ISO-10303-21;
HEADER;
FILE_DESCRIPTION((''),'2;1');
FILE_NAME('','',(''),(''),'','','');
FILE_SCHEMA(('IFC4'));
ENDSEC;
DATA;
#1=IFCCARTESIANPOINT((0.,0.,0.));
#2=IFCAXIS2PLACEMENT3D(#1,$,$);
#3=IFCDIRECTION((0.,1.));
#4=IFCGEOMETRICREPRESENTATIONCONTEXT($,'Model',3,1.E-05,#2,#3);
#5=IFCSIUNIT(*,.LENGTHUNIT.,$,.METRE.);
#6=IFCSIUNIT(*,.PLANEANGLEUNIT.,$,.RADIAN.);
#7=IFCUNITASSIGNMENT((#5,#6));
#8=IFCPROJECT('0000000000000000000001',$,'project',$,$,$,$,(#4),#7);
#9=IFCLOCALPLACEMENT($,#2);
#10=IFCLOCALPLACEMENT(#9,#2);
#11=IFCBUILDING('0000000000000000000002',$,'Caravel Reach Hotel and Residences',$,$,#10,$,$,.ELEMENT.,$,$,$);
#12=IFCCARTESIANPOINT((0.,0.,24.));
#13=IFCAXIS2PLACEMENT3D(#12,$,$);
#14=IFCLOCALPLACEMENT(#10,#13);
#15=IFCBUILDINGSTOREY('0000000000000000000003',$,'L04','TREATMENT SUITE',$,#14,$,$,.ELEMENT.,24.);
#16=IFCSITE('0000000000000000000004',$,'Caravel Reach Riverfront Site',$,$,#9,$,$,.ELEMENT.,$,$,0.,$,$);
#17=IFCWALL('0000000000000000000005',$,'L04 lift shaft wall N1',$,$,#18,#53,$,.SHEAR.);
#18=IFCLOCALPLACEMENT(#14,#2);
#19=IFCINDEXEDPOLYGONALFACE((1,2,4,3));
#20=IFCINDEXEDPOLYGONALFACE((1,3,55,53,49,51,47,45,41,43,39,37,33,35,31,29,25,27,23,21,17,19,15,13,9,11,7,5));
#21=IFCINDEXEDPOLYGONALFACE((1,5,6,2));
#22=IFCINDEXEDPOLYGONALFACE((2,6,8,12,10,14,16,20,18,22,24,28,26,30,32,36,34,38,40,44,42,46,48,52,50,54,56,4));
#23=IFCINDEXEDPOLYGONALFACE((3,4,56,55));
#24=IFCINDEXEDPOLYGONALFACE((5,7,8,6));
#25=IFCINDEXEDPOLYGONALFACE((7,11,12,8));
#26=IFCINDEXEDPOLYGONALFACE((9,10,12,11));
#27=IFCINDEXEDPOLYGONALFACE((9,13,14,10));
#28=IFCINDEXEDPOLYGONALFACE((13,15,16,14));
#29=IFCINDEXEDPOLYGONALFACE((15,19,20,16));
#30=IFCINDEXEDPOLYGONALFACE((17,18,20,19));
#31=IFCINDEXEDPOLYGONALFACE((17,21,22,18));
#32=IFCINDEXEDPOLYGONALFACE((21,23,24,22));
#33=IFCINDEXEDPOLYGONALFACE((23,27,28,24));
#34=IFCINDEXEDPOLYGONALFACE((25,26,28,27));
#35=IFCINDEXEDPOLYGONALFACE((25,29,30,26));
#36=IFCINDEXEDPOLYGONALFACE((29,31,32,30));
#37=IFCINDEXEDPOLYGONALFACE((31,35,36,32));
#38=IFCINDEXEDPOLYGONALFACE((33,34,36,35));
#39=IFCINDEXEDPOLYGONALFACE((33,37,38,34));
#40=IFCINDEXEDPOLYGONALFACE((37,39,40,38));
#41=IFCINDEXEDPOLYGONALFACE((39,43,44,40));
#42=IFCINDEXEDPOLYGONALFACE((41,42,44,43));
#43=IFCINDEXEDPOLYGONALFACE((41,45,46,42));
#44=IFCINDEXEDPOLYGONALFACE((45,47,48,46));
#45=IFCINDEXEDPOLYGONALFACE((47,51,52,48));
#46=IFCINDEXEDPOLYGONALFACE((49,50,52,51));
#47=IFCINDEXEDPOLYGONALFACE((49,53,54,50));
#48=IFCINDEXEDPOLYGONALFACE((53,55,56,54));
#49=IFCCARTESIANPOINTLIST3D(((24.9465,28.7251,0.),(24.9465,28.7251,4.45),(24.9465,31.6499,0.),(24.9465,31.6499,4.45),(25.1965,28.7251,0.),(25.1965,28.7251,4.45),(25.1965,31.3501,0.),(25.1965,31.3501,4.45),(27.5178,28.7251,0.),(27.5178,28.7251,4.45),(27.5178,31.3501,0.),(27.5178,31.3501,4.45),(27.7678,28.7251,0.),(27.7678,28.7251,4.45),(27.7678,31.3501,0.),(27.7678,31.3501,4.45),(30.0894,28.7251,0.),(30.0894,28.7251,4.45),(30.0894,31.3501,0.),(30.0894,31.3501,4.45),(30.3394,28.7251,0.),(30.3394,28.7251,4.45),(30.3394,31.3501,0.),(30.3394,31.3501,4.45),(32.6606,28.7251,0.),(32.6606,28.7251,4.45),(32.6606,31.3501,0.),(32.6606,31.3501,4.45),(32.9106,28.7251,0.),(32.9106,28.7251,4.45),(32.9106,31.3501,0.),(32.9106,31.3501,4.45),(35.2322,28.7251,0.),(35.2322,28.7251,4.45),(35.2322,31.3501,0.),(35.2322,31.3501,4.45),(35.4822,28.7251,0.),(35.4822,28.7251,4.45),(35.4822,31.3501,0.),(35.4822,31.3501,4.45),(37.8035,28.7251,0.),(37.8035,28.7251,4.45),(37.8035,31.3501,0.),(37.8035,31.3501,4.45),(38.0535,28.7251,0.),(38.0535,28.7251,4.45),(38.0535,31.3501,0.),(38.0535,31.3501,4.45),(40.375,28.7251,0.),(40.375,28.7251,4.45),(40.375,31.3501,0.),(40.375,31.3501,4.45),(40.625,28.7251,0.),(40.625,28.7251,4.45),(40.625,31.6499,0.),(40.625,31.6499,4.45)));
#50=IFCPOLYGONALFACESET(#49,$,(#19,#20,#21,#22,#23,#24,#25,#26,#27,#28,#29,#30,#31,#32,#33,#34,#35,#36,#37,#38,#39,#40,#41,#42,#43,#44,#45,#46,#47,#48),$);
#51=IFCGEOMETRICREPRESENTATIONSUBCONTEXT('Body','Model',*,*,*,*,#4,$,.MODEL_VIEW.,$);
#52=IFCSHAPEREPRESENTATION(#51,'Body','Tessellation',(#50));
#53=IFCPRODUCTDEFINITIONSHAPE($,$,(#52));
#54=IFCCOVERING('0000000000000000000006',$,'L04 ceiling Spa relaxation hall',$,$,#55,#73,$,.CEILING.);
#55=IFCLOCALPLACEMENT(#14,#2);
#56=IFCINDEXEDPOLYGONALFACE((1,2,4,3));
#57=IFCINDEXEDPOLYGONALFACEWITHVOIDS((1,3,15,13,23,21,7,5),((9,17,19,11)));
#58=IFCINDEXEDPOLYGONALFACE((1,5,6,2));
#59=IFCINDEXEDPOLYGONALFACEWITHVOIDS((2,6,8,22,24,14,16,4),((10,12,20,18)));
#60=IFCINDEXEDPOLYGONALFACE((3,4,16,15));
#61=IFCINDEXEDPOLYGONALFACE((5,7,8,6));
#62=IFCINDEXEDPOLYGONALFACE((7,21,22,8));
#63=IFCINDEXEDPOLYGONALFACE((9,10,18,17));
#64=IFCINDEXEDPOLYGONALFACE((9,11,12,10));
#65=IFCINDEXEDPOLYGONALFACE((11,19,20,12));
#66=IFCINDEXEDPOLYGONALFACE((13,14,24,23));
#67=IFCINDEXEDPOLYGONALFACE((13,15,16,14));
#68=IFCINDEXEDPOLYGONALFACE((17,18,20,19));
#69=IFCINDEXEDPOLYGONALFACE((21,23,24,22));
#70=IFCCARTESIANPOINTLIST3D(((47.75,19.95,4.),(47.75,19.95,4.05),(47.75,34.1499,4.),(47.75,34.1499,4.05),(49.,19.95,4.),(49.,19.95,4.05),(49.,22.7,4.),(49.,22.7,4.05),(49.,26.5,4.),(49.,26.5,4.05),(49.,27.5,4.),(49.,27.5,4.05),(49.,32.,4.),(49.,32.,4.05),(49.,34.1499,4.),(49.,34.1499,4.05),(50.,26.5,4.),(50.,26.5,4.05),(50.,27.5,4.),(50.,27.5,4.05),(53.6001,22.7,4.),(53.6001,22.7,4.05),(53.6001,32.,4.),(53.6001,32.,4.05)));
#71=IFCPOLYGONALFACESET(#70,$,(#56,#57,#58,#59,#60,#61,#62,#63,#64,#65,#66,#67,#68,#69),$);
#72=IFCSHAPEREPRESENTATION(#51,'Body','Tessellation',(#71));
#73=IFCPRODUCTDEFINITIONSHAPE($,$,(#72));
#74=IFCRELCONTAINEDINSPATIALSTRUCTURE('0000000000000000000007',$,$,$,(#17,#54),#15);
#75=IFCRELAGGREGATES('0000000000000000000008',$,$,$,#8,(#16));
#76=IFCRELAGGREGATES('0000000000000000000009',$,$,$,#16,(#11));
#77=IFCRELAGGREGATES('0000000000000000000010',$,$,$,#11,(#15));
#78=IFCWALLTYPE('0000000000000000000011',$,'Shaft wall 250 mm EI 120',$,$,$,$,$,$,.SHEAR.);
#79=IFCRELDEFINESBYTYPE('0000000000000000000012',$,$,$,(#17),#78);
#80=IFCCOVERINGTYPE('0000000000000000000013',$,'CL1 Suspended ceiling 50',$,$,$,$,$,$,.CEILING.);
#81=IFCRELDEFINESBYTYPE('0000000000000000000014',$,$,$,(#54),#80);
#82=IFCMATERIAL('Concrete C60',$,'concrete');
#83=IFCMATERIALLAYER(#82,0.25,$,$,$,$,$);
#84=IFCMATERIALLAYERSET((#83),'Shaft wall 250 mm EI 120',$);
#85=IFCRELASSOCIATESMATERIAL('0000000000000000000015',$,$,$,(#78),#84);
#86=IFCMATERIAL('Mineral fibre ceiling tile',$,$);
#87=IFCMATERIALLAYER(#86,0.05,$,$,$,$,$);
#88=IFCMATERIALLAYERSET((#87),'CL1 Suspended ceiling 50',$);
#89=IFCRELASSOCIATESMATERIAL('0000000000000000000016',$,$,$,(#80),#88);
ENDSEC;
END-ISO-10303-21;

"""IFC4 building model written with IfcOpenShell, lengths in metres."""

from ifc_helpers import new_model, si_unit, direction, frame, origin, place, context, subcontext, project, spatial, polyline, outline, extrude, material, layer, layer_set, type_object, element, save


model = new_model("IFC4")

# Units and contexts
model_context = context("Model", 3, precision=1e-05, world=origin(), true_north=direction((0.0, 1.0)))
body_context = subcontext(model_context, "Body", "Model", "MODEL_VIEW")
ifc_project = project(units=[si_unit("LENGTHUNIT", "METRE"), si_unit("PLANEANGLEUNIT", "RADIAN")], contexts=[model_context])

# Site, building, storey
site_placement = place(None, origin())
site = spatial("IfcSite", under=ifc_project, at=site_placement, Name="Caravel Reach Riverfront Site", CompositionType="ELEMENT", RefElevation=0.0)
building_placement = place(site_placement, origin())
building = spatial("IfcBuilding", under=site, at=building_placement, Name="Caravel Reach Hotel and Residences", CompositionType="ELEMENT")
storey_placement = place(building_placement, frame((0.0, 0.0, 24.0)))
storey = spatial("IfcBuildingStorey", under=building, at=storey_placement, Name="L04", Description="TREATMENT SUITE", CompositionType="ELEMENT", Elevation=24.0)

# Wall
ifc_material_1 = material(Name="Concrete C60", Category="concrete")
ifc_layer_1 = layer(ifc_material_1, 0.25)
ifc_layer_set_1 = layer_set([ifc_layer_1], Name="Shaft wall 250 mm EI 120")
wall_type_1 = type_object("IfcWallType", Name="Shaft wall 250 mm EI 120", PredefinedType="SHEAR", material=ifc_layer_set_1)
wall_1_placement = place(storey_placement, origin())
element("IfcWall", 1, at=wall_1_placement, inside=storey, type_object=wall_type_1, Name="L04 lift shaft wall N1", PredefinedType="SHEAR", context=body_context, shape_type="SweptSolid", body=[
    extrude(outline(polyline([(24.9465, 28.7251), (25.1965, 28.7251), (25.1965, 31.3501), (27.5178, 31.3501), (27.5178, 28.7251), (27.7678, 28.7251), (27.7678, 31.3501), (30.0894, 31.3501), (30.0894, 28.7251), (30.3394, 28.7251), (30.3394, 31.3501), (32.6606, 31.3501), (32.6606, 28.7251), (32.9106, 28.7251), (32.9106, 31.3501), (35.2322, 31.3501), (35.2322, 28.7251), (35.4822, 28.7251), (35.4822, 31.3501), (37.8035, 31.3501), (37.8035, 28.7251), (38.0535, 28.7251), (38.0535, 31.3501), (40.375, 31.3501), (40.375, 28.7251), (40.625, 28.7251), (40.625, 31.6499), (24.9465, 31.6499), (24.9465, 28.7251)])), origin(), (0.0, 0.0, 1.0), 4.45),
])

# Covering
ifc_material_2 = material(Name="Mineral fibre ceiling tile")
ifc_layer_2 = layer(ifc_material_2, 0.05)
ifc_layer_set_2 = layer_set([ifc_layer_2], Name="CL1 Suspended ceiling 50")
covering_type = type_object("IfcCoveringType", Name="CL1 Suspended ceiling 50", PredefinedType="CEILING", material=ifc_layer_set_2)
covering_placement = place(storey_placement, frame((0.0, 0.0, 4.0)))
element("IfcCovering", 2, at=covering_placement, inside=storey, type_object=covering_type, Name="L04 ceiling Spa relaxation hall", PredefinedType="CEILING", context=body_context, shape_type="SweptSolid", body=[
    extrude(outline(polyline([(49.0, 22.7), (53.6001, 22.7), (53.6001, 32.0), (49.0, 32.0), (49.0, 34.1499), (47.75, 34.1499), (47.75, 19.95), (49.0, 19.95), (49.0, 22.7)]), holes=[polyline([(49.0, 26.5), (49.0, 27.5), (50.0, 27.5), (50.0, 26.5), (49.0, 26.5)])]), origin(), (0.0, 0.0, 1.0), 0.05),
])

save(model, "model.ifc")
